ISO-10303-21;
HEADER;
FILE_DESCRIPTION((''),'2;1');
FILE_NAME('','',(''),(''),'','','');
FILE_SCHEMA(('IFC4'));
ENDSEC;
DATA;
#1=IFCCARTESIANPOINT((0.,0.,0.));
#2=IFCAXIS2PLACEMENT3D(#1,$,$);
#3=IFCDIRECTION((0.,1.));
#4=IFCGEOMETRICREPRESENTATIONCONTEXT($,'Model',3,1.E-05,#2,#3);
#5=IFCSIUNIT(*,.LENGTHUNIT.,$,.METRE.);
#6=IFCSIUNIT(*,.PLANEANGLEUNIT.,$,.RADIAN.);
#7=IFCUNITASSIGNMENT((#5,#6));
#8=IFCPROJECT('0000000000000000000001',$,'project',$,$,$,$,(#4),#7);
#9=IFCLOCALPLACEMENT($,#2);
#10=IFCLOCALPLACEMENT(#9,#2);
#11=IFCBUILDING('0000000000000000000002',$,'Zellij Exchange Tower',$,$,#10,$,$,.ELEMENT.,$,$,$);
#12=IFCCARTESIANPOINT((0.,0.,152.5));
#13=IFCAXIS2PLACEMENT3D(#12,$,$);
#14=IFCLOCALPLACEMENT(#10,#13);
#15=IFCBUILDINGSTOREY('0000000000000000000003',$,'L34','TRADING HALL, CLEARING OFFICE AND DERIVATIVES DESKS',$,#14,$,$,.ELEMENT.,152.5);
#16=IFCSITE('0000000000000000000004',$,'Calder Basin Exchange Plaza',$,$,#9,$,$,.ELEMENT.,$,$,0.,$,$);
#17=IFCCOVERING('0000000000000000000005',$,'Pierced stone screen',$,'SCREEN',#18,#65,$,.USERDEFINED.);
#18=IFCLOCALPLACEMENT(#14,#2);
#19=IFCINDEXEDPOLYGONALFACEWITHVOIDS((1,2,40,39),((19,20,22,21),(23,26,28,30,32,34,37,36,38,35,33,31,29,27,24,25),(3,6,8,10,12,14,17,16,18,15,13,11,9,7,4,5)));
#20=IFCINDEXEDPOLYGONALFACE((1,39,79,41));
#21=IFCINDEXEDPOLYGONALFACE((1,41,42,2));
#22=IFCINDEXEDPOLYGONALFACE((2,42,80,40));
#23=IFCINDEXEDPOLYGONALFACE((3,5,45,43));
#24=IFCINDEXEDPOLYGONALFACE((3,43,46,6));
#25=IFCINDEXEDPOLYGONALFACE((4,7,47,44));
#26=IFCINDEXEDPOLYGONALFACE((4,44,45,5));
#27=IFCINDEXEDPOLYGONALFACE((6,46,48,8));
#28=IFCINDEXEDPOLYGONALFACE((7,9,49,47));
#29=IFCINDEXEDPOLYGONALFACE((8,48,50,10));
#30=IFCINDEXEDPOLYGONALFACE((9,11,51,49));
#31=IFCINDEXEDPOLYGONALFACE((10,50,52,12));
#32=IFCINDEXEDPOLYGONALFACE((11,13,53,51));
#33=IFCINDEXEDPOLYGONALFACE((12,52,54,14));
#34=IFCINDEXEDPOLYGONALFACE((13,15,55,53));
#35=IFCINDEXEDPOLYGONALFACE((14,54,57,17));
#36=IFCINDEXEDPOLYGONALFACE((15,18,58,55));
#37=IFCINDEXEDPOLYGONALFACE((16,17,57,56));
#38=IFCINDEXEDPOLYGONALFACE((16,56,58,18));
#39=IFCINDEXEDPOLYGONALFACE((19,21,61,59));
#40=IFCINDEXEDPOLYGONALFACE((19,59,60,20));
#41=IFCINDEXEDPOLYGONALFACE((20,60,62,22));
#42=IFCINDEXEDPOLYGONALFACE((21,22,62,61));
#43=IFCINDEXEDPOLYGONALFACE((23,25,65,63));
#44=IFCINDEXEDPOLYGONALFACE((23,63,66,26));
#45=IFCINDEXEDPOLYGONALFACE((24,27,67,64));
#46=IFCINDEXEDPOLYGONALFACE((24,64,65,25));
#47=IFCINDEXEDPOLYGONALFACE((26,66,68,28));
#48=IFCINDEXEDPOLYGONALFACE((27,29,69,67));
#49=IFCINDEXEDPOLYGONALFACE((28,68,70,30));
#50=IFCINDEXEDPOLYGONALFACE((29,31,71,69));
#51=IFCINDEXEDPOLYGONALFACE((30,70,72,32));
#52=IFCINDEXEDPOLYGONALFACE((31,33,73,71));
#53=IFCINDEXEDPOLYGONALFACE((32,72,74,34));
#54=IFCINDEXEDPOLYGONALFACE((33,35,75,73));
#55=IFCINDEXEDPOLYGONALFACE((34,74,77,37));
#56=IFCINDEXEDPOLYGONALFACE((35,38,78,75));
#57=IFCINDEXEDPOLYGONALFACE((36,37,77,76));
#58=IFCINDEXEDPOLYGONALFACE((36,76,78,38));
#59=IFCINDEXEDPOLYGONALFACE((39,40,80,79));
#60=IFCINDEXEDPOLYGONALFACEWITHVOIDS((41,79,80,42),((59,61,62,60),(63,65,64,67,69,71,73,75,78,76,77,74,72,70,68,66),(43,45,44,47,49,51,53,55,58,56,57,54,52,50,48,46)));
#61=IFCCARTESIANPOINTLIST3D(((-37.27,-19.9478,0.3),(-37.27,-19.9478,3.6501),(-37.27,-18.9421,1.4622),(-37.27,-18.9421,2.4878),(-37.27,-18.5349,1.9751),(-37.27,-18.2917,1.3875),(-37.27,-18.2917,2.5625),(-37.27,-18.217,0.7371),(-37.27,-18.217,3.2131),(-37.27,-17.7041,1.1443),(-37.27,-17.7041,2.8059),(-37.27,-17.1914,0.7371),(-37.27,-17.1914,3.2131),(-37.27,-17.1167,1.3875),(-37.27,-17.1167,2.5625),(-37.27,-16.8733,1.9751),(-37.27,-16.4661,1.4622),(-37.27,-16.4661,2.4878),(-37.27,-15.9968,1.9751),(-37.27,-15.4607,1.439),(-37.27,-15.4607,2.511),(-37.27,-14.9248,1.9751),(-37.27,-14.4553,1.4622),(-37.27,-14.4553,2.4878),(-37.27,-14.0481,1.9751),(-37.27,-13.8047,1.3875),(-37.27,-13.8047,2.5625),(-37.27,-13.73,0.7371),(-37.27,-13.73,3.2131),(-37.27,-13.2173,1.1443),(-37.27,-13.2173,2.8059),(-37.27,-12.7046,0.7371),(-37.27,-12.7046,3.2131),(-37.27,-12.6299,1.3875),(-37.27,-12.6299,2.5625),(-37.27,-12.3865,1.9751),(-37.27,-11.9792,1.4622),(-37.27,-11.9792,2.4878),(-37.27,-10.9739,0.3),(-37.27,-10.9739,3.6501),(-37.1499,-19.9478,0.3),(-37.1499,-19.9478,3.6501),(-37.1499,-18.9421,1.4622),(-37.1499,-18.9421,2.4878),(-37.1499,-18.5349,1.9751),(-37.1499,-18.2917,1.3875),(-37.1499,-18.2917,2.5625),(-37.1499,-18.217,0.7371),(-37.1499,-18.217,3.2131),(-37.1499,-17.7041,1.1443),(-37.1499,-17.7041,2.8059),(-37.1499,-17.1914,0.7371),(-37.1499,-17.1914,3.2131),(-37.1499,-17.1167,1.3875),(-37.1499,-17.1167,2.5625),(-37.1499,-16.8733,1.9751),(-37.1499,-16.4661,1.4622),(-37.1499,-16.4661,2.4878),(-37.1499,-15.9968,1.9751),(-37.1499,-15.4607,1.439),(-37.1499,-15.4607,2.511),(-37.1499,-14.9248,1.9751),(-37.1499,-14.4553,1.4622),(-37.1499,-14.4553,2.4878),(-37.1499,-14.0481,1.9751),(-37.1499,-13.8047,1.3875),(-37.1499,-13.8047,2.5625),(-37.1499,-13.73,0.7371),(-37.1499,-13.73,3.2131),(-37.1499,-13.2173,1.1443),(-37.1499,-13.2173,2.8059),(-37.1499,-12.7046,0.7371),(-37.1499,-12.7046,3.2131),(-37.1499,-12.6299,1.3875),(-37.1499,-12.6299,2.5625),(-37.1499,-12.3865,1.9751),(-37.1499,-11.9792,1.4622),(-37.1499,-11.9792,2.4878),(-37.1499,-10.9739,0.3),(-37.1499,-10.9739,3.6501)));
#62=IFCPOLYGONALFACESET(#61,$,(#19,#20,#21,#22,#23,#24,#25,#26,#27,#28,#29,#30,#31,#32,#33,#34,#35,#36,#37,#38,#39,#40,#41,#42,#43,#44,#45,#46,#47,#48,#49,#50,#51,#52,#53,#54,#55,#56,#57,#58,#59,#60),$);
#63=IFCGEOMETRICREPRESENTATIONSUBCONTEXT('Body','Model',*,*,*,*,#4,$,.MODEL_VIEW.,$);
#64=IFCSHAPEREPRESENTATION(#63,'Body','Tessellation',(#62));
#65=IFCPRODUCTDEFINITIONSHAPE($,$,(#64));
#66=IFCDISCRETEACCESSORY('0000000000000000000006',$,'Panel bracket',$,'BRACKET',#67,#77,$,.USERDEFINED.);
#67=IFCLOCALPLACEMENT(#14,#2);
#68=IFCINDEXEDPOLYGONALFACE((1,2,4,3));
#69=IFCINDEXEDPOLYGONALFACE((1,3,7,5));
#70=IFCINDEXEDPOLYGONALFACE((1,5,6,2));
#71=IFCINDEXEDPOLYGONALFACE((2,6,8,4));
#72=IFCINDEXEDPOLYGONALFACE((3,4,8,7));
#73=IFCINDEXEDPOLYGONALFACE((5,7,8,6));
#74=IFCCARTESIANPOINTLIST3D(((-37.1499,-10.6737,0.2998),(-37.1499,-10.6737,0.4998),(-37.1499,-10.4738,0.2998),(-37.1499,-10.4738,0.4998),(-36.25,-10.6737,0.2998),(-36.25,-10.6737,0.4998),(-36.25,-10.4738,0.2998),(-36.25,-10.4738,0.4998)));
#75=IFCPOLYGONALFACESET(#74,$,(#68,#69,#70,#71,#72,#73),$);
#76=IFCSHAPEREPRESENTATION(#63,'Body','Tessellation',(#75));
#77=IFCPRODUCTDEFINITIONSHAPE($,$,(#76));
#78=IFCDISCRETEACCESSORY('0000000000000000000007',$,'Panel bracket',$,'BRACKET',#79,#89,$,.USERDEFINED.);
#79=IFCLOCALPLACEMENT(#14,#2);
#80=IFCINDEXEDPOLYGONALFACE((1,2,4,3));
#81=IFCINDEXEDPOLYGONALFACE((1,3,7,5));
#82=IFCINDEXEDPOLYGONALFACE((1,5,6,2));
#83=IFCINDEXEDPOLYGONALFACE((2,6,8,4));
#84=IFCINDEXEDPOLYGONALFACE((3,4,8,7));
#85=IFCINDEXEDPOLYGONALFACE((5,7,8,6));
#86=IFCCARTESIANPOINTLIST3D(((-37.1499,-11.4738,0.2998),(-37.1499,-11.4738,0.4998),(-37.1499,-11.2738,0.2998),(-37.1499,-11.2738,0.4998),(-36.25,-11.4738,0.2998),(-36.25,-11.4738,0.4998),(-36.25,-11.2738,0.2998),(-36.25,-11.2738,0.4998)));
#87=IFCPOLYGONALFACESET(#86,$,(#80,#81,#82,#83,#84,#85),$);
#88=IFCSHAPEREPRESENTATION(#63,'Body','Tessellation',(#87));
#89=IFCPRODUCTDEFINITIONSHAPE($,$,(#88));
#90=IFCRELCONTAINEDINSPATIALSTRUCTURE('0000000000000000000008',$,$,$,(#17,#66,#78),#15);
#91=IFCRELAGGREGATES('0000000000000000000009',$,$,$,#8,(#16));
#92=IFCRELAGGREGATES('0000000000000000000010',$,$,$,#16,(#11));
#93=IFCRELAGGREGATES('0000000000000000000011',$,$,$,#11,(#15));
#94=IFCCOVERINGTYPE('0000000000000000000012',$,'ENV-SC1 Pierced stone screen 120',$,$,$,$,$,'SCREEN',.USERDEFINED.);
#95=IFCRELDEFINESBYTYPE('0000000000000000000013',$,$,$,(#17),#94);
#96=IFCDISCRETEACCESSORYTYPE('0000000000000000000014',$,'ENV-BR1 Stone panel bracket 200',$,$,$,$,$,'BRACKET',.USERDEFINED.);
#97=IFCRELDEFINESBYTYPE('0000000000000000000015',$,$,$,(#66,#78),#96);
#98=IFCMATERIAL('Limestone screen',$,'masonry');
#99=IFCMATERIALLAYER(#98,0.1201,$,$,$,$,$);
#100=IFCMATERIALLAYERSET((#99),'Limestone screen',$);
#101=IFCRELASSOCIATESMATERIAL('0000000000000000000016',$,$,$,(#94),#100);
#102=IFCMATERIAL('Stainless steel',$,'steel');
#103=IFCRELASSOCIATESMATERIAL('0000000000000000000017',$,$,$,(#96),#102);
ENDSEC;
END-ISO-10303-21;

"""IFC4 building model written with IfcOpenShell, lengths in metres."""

from ifc_helpers import new_model, si_unit, direction, frame, origin, origin_2d, place, context, subcontext, project, spatial, polyline, rectangle, outline, extrude, material, layer, layer_set, type_object, element, save


model = new_model("IFC4")

# Units and contexts
model_context = context("Model", 3, precision=1e-05, world=origin(), true_north=direction((0.0, 1.0)))
body_context = subcontext(model_context, "Body", "Model", "MODEL_VIEW")
ifc_project = project(units=[si_unit("LENGTHUNIT", "METRE"), si_unit("PLANEANGLEUNIT", "RADIAN")], contexts=[model_context])

# Site, building, storey
site_placement = place(None, origin())
site = spatial("IfcSite", under=ifc_project, at=site_placement, Name="Calder Basin Exchange Plaza", CompositionType="ELEMENT", RefElevation=0.0)
building_placement = place(site_placement, origin())
building = spatial("IfcBuilding", under=site, at=building_placement, Name="Zellij Exchange Tower", CompositionType="ELEMENT")
storey_placement = place(building_placement, frame((0.0, 0.0, 152.5)))
storey = spatial("IfcBuildingStorey", under=building, at=storey_placement, Name="L34", Description="TRADING HALL, CLEARING OFFICE AND DERIVATIVES DESKS", CompositionType="ELEMENT", Elevation=152.5)

# Shared definitions
ifc_material_1 = material(Name="Stainless steel", Category="steel")

# Covering
ifc_material_2 = material(Name="Limestone screen", Category="masonry")
ifc_layer_1 = layer(ifc_material_2, 0.1201)
ifc_layer_set_1 = layer_set([ifc_layer_1], Name="Limestone screen")
covering_type = type_object("IfcCoveringType", Name="ENV-SC1 Pierced stone screen 120", ElementType="SCREEN", PredefinedType="USERDEFINED", material=ifc_layer_set_1)
covering_placement = place(storey_placement, frame((-37.21, -10.9739, 0.3), z_axis=(0.0, 0.0, 1.0), x_axis=(0.0, -1.0, 0.0)))
element("IfcCovering", 1, at=covering_placement, inside=storey, type_object=covering_type, Name="Pierced stone screen", ObjectType="SCREEN", PredefinedType="USERDEFINED", context=body_context, shape_type="SweptSolid", body=[
    extrude(outline(polyline([(0.0, 0.0), (8.9739, 0.0), (8.9739, 3.3501), (0.0, 3.3501), (0.0, 0.0)]), holes=[polyline([(3.4814, 2.1877), (2.8308, 2.2625), (2.7561, 2.9131), (2.2434, 2.5059), (1.7307, 2.9131), (1.656, 2.2625), (1.0054, 2.1877), (1.4126, 1.675), (1.0054, 1.1621), (1.656, 1.0874), (1.7307, 0.437), (2.2434, 0.8442), (2.7561, 0.437), (2.8308, 1.0874), (3.4814, 1.1621), (3.0742, 1.675), (3.4814, 2.1877)]), polyline([(7.9683, 2.1877), (7.3179, 2.2625), (7.2432, 2.9131), (6.7302, 2.5059), (6.2175, 2.9131), (6.1428, 2.2625), (5.4922, 2.1877), (5.8994, 1.675), (5.4922, 1.1621), (6.1428, 1.0874), (6.2175, 0.437), (6.7302, 0.8442), (7.2432, 0.437), (7.3179, 1.0874), (7.9683, 1.1621), (7.561, 1.675), (7.9683, 2.1877)]), polyline([(5.0229, 1.675), (4.4868, 2.2109), (3.9509, 1.675), (4.4868, 1.1389), (5.0229, 1.675)])]), frame((0.0, 0.0601, 0.0), z_axis=(0.0, -1.0, 0.0), x_axis=(1.0, 0.0, 0.0)), (0.0, 0.0, 1.0), 0.1201),
])

# Discrete accessories
discrete_accessory_type = type_object("IfcDiscreteAccessoryType", Name="ENV-BR1 Stone panel bracket 200", ElementType="BRACKET", PredefinedType="USERDEFINED", material=ifc_material_1)
for number, where, z_axis, x_axis, name in (
    (2, (-36.7, -10.5737, 0.2998), (0.0, 0.0, 1.0), (0.0, -1.0, 0.0), "Panel bracket"),
    (3, (-36.7, -11.3738, 0.2998), (0.0, 0.0, 1.0), (0.0, -1.0, 0.0), "Panel bracket"),
):
    element("IfcDiscreteAccessory", number, at=place(storey_placement, frame(where, z_axis=z_axis, x_axis=x_axis)), inside=storey, type_object=discrete_accessory_type, Name=name, ObjectType="BRACKET", PredefinedType="USERDEFINED", context=body_context, shape_type="SweptSolid", body=[
        extrude(rectangle(XDim=0.2, YDim=0.8999, at=origin_2d()), origin(), (0.0, 0.0, 1.0), 0.2),
    ])

save(model, "model.ifc")
